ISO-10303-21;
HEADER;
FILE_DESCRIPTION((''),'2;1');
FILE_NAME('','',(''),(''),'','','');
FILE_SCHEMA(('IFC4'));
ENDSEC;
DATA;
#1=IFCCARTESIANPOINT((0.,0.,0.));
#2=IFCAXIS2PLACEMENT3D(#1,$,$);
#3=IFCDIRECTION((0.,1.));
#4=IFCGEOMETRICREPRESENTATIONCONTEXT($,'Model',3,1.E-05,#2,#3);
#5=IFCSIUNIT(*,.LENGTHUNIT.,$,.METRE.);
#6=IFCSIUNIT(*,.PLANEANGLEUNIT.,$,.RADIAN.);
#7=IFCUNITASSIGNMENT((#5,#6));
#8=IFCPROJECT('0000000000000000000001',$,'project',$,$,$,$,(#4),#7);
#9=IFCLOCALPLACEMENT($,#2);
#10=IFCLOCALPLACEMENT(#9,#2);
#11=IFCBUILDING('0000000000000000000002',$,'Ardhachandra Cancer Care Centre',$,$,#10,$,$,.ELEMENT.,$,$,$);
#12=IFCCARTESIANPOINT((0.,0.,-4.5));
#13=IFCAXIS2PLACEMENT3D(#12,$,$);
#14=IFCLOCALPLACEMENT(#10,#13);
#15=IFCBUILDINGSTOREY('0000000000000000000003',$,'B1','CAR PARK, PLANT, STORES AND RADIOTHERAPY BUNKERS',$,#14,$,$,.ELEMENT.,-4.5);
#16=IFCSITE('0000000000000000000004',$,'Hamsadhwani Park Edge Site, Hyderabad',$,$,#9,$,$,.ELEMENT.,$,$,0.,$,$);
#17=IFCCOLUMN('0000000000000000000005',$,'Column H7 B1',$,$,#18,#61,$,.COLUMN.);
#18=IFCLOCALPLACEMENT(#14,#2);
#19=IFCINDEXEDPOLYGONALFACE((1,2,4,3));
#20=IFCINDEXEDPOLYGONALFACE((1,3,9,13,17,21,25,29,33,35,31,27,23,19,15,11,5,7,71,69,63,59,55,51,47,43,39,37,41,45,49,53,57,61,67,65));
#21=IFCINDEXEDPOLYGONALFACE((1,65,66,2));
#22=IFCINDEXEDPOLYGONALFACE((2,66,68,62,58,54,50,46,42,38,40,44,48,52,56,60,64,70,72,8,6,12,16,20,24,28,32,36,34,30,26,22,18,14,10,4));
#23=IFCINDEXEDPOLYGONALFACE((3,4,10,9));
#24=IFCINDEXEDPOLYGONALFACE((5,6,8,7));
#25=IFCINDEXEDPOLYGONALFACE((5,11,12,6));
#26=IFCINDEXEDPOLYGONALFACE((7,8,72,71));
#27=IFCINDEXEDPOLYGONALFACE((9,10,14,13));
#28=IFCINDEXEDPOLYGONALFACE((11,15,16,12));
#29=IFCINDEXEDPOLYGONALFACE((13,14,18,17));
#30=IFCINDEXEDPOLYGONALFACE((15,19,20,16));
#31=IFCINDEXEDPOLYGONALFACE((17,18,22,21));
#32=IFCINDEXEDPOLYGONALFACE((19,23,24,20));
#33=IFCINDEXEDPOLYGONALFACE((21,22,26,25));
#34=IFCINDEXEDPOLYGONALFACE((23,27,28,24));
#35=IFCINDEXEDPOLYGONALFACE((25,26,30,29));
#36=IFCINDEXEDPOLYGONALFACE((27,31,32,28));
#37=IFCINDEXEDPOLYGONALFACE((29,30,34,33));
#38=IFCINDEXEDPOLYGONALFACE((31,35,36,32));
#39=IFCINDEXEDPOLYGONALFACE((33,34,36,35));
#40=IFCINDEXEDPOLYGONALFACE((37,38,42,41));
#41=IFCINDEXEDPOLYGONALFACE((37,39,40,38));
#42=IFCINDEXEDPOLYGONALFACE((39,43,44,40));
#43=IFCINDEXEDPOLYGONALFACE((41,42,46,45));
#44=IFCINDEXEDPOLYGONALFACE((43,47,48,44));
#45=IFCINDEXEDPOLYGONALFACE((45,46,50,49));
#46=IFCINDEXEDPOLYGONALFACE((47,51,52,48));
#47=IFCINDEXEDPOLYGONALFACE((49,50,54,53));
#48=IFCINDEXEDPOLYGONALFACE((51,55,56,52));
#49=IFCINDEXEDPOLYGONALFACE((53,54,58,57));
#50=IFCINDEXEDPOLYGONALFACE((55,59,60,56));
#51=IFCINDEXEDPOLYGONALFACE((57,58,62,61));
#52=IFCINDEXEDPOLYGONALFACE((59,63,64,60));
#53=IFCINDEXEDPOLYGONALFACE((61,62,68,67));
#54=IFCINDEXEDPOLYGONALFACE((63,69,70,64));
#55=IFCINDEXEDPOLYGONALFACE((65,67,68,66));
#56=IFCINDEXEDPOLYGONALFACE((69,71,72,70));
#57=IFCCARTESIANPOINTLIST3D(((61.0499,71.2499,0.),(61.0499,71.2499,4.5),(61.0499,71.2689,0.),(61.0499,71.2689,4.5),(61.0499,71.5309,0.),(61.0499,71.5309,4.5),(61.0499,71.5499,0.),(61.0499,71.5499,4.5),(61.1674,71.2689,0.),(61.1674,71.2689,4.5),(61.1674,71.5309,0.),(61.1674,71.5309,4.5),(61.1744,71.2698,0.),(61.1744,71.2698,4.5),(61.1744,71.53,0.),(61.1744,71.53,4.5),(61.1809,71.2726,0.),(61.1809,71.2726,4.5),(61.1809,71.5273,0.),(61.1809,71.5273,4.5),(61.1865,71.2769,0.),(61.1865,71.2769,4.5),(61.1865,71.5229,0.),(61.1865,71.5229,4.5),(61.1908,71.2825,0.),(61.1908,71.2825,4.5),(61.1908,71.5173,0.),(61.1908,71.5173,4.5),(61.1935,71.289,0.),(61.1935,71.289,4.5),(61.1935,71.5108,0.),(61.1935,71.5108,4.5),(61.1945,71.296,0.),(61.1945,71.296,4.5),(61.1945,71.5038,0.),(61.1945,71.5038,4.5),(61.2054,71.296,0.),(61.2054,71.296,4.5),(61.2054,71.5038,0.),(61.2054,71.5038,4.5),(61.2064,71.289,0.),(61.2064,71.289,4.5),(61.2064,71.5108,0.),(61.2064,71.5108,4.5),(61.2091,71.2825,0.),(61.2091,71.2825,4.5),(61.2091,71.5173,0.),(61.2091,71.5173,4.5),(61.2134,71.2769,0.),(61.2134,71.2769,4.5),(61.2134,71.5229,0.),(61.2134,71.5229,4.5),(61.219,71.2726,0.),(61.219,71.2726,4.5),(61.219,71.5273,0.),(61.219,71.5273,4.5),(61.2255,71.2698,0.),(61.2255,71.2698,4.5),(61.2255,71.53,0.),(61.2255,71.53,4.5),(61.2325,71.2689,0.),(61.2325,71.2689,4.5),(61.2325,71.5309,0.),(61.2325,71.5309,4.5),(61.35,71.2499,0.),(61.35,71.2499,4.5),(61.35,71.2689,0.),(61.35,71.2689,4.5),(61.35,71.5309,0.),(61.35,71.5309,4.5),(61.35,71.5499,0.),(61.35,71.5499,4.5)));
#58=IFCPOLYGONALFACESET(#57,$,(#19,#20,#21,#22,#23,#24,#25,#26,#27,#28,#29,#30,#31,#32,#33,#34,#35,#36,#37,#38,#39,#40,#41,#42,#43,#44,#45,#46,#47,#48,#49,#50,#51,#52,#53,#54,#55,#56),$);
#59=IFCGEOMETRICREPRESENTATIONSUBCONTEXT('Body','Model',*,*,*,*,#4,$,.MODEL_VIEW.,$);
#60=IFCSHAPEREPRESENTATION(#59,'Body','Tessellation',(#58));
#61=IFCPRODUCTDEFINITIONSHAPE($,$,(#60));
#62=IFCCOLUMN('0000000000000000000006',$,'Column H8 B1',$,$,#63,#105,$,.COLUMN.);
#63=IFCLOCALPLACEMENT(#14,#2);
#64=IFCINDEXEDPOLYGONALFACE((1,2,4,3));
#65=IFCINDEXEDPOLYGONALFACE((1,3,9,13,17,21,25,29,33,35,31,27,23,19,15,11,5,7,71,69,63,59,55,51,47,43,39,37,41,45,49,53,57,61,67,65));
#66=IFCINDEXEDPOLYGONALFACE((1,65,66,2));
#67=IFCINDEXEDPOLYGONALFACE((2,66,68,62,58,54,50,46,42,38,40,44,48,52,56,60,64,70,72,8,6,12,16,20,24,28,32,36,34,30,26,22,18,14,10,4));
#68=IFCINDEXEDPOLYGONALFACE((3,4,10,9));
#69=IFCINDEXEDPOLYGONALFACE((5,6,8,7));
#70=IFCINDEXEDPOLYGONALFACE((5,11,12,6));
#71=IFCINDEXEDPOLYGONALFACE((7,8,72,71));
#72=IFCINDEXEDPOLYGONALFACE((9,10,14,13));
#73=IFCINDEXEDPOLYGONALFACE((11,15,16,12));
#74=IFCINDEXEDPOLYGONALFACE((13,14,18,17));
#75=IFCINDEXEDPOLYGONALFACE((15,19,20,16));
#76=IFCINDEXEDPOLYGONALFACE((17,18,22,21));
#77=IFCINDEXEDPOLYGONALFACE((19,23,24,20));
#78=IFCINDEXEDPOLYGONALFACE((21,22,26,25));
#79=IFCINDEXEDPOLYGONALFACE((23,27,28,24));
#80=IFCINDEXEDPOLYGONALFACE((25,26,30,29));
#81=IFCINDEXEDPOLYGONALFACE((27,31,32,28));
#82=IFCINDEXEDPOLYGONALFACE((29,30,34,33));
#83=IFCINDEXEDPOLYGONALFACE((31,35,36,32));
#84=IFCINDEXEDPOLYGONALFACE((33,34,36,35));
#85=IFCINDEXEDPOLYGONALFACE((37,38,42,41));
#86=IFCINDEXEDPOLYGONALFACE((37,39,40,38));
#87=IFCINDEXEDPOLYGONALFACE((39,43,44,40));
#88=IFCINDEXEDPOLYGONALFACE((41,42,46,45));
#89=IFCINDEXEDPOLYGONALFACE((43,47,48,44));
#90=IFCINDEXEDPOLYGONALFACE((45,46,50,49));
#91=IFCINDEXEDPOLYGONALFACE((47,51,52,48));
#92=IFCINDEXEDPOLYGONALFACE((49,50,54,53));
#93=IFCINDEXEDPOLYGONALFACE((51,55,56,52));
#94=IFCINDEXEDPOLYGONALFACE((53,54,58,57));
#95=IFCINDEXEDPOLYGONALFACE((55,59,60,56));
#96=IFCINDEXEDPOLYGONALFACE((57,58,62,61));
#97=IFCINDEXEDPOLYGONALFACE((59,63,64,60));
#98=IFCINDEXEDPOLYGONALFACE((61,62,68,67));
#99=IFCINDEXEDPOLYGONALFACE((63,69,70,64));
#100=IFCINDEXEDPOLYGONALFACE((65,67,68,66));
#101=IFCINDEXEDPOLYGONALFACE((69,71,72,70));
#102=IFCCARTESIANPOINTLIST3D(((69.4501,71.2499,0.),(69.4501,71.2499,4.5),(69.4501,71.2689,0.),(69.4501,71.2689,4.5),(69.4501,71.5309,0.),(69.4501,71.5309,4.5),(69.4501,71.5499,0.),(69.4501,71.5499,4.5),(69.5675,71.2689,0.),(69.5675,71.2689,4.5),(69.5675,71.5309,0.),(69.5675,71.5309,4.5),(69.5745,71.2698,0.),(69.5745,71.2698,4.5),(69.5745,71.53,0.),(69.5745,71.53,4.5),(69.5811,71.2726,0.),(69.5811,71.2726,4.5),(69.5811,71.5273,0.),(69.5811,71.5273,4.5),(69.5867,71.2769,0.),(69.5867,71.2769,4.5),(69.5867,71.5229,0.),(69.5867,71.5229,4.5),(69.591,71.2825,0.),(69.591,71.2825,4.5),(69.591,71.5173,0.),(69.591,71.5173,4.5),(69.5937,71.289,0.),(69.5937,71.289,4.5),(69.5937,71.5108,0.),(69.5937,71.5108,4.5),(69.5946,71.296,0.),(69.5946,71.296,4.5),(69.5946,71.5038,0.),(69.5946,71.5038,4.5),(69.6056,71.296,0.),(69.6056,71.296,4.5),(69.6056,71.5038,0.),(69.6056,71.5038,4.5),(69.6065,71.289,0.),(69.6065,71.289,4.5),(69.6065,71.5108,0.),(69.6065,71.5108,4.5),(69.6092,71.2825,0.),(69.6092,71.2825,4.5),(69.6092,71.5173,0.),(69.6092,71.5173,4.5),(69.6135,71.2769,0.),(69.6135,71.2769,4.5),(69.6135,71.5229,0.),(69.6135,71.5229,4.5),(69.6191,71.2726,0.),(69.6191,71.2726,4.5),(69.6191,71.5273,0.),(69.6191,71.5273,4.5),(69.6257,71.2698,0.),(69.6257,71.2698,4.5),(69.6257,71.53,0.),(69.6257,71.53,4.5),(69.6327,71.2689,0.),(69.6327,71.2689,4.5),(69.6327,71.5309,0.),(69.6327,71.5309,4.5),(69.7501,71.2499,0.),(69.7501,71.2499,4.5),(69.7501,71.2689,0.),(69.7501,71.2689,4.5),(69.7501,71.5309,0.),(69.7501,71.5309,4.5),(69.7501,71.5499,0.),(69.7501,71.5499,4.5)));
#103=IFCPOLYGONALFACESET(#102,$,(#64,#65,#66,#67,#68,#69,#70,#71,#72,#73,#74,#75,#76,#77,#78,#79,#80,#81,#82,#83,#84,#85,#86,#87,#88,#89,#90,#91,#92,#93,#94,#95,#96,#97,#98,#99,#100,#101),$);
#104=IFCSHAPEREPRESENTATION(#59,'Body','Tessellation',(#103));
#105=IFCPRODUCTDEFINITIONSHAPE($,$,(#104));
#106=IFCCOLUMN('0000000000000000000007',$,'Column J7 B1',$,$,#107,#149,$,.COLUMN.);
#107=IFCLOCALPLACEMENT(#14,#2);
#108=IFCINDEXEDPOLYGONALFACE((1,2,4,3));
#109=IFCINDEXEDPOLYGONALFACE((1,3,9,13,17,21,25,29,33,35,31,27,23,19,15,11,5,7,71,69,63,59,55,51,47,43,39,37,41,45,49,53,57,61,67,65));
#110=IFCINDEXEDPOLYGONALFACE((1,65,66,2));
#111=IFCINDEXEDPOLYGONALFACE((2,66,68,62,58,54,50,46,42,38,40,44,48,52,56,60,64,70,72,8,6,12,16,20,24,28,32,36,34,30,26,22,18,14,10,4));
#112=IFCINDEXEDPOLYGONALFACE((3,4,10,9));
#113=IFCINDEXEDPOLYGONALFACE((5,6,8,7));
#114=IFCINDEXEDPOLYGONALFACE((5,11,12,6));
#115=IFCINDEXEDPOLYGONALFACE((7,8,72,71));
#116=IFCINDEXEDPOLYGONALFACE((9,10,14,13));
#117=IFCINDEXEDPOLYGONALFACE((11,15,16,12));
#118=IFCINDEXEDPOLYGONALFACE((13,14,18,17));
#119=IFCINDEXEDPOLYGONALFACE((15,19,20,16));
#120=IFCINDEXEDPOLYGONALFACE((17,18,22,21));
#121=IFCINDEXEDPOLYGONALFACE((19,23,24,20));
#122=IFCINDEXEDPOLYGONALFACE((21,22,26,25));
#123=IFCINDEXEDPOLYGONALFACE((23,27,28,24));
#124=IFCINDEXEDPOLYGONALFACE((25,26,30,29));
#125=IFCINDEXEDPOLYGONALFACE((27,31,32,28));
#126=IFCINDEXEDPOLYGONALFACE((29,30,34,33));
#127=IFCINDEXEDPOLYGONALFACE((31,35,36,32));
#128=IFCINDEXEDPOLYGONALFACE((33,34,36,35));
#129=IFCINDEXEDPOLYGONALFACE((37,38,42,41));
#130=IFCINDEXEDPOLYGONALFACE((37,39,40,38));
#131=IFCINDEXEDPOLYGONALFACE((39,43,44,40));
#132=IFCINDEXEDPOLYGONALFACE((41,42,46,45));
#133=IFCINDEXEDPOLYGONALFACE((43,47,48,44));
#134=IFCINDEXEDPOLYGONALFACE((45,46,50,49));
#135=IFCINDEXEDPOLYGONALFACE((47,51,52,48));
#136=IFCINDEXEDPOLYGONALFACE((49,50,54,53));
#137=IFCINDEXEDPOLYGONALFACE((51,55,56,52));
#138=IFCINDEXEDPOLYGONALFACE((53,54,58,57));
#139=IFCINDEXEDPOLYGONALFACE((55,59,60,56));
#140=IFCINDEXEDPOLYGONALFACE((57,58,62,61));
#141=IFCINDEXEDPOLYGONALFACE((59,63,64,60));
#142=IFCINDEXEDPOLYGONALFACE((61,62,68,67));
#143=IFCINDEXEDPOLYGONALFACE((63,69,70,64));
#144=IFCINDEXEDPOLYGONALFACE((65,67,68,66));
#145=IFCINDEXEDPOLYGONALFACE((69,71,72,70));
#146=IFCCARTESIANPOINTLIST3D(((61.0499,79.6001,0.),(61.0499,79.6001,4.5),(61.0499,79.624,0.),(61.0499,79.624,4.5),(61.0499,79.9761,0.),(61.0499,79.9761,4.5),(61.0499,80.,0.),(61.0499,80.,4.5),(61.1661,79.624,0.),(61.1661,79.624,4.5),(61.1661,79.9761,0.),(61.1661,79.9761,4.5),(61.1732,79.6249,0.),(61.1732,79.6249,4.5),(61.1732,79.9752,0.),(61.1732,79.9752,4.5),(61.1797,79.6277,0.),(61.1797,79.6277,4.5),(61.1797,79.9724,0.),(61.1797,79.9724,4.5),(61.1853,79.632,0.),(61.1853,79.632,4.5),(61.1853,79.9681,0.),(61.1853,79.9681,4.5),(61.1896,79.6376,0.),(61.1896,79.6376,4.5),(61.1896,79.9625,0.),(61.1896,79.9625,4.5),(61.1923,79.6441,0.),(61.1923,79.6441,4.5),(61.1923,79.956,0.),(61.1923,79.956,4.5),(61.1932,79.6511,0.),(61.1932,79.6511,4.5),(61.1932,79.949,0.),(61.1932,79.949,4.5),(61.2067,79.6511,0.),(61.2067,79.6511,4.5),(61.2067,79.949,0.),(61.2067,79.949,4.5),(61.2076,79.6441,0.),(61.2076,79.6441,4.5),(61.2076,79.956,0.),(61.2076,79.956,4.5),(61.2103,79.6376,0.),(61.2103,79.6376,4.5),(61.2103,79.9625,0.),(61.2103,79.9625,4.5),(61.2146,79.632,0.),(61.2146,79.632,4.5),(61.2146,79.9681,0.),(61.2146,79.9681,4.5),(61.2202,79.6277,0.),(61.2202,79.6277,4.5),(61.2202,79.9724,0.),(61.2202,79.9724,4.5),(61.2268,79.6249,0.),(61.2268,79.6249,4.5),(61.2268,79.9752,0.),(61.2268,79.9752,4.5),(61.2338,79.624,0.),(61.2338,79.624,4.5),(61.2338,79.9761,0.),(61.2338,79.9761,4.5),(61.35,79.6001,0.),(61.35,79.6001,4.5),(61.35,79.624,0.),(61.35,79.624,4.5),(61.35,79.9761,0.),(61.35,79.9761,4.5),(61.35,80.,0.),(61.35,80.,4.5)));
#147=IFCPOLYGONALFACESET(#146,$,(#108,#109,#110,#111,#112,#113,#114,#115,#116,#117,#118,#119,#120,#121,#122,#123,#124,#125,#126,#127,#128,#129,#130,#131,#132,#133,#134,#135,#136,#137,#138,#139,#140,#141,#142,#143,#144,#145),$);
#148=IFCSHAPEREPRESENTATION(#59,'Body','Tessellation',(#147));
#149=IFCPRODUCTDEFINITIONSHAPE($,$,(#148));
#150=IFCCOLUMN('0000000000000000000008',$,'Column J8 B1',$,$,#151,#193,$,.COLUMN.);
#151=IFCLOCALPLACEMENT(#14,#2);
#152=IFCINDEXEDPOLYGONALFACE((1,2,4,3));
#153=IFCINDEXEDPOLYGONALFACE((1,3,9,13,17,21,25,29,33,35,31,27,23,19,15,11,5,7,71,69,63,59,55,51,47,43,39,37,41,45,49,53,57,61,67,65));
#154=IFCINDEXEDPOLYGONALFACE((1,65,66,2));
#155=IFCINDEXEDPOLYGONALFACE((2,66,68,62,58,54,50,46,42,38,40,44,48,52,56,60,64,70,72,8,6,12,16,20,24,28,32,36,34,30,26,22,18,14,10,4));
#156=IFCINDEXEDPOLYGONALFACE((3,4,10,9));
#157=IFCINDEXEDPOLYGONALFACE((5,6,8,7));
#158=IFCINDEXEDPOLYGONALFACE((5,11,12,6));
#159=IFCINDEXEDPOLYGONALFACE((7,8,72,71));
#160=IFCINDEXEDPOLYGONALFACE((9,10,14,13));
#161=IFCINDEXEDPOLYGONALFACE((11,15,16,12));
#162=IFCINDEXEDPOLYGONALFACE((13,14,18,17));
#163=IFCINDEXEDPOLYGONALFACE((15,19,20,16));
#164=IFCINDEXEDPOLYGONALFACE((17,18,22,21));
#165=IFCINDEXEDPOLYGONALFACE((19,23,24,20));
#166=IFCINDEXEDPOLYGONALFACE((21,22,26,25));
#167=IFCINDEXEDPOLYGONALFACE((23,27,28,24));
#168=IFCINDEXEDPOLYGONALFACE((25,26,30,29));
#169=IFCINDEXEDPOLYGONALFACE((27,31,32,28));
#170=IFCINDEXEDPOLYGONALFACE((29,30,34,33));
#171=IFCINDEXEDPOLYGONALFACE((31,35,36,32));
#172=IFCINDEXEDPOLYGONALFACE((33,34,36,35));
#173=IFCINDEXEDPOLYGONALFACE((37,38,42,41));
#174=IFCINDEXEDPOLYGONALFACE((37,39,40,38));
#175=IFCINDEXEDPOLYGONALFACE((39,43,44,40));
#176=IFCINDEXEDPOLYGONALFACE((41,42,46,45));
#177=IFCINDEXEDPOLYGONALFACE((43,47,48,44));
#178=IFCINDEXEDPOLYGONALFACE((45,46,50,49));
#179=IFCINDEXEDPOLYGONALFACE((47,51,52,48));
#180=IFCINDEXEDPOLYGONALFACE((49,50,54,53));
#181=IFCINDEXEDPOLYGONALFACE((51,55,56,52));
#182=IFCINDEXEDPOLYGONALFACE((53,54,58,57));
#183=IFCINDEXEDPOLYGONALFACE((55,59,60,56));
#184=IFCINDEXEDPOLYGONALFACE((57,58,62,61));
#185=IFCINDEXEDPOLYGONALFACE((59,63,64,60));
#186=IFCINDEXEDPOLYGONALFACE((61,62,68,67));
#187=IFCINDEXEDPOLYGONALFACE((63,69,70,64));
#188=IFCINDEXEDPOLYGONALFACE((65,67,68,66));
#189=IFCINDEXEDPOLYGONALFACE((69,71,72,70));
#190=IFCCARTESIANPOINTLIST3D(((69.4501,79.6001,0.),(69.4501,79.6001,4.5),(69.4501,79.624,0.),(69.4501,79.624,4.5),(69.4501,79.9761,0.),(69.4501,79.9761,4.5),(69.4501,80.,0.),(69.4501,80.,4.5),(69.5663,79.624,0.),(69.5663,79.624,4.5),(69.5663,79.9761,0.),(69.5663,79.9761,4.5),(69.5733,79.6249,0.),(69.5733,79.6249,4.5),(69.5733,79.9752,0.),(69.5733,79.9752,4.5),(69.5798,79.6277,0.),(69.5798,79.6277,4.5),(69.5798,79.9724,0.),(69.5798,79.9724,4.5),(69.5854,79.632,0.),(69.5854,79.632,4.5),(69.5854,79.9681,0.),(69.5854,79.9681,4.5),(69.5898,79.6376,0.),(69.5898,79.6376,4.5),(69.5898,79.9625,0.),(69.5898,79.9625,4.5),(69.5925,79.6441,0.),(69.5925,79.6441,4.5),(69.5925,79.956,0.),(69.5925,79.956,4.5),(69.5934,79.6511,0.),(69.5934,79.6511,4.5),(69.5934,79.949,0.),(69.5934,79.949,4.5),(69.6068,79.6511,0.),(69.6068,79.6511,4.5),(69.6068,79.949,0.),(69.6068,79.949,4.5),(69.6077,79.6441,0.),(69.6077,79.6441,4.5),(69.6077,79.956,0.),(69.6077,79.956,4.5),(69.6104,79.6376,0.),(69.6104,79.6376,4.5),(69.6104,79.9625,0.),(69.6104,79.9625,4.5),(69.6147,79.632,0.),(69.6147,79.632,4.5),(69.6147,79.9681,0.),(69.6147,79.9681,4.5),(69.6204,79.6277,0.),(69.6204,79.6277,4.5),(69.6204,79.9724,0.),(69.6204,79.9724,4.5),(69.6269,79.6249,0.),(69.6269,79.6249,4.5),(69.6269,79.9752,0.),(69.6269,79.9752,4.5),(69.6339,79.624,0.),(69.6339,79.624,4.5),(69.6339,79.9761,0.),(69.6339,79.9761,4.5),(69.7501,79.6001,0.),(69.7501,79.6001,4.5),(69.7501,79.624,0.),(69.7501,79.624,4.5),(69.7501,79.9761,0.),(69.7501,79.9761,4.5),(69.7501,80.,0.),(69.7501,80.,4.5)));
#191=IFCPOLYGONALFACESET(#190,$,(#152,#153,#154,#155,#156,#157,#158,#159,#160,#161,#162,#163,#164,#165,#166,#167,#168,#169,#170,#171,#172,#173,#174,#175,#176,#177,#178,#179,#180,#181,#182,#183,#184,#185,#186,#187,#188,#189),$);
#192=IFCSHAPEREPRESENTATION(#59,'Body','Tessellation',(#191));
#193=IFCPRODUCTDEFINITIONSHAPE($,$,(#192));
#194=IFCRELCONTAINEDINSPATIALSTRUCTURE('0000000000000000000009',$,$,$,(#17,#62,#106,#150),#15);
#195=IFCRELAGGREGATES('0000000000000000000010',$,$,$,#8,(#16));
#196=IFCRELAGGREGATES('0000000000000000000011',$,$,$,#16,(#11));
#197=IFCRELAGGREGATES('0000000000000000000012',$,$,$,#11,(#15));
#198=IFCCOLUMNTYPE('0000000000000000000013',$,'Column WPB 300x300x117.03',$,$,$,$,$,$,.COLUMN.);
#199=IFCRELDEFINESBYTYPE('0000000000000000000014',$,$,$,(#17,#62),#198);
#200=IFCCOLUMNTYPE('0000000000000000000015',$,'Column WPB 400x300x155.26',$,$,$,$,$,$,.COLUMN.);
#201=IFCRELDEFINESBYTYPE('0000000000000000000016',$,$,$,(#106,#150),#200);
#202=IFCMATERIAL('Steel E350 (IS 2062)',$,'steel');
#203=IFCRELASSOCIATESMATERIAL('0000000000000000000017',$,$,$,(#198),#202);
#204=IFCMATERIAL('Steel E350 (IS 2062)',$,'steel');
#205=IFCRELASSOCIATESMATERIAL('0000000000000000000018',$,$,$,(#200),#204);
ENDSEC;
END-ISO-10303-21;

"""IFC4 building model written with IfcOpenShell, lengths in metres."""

from ifc_helpers import new_model, si_unit, direction, frame, origin, origin_2d, place, context, subcontext, project, spatial, i_section, extrude, material, material_profile, profile_set, type_object, element, save


model = new_model("IFC4")

# Units and contexts
model_context = context("Model", 3, precision=1e-05, world=origin(), true_north=direction((0.0, 1.0)))
body_context = subcontext(model_context, "Body", "Model", "MODEL_VIEW")
ifc_project = project(units=[si_unit("LENGTHUNIT", "METRE"), si_unit("PLANEANGLEUNIT", "RADIAN")], contexts=[model_context])

# Site, building, storey
site_placement = place(None, origin())
site = spatial("IfcSite", under=ifc_project, at=site_placement, Name="Hamsadhwani Park Edge Site, Hyderabad", CompositionType="ELEMENT", RefElevation=0.0)
building_placement = place(site_placement, origin())
building = spatial("IfcBuilding", under=site, at=building_placement, Name="Ardhachandra Cancer Care Centre", CompositionType="ELEMENT")
storey_placement = place(building_placement, frame((0.0, 0.0, -4.5)))
storey = spatial("IfcBuildingStorey", under=building, at=storey_placement, Name="B1", Description="CAR PARK, PLANT, STORES AND RADIOTHERAPY BUNKERS", CompositionType="ELEMENT", Elevation=-4.5)

# Columns
ifc_material_1 = material(Name="Steel E350 (IS 2062)", Category="steel")
ifc_material_profile_1 = material_profile(ifc_material_1, i_section(OverallWidth=0.3, OverallDepth=0.3, WebThickness=0.011, FlangeThickness=0.019, FilletRadius=0.0271, at=origin_2d()), Name="WPB 300x300x117.03")
ifc_profile_set_1 = profile_set([ifc_material_profile_1], Name="Steel E350 (IS 2062)")
column_type_1 = type_object("IfcColumnType", Name="Column WPB 300x300x117.03", PredefinedType="COLUMN", material=ifc_profile_set_1)
for number, where, z_axis, x_axis, name in (
    (1, (61.2, 71.3999, 0.0), (0.0, 0.0, 1.0), (1.0, 0.0, 0.0), "Column H7 B1"),
    (2, (69.6001, 71.3999, 0.0), (0.0, 0.0, 1.0), (1.0, 0.0, 0.0), "Column H8 B1"),
):
    element("IfcColumn", number, at=place(storey_placement, frame(where, z_axis=z_axis, x_axis=x_axis)), inside=storey, type_object=column_type_1, Name=name, PredefinedType="COLUMN", context=body_context, shape_type="SweptSolid", body=[
        extrude(i_section(OverallWidth=0.3, OverallDepth=0.3, WebThickness=0.011, FlangeThickness=0.019, FilletRadius=0.0271, at=origin_2d()), origin(), (0.0, 0.0, 1.0), 4.5),
    ])
ifc_material_2 = material(Name="Steel E350 (IS 2062)", Category="steel")
ifc_material_profile_2 = material_profile(ifc_material_2, i_section(OverallWidth=0.3, OverallDepth=0.3999, WebThickness=0.0134, FlangeThickness=0.0239, FilletRadius=0.0271, at=origin_2d()), Name="WPB 400x300x155.26")
ifc_profile_set_2 = profile_set([ifc_material_profile_2], Name="Steel E350 (IS 2062)")
column_type_2 = type_object("IfcColumnType", Name="Column WPB 400x300x155.26", PredefinedType="COLUMN", material=ifc_profile_set_2)
for number, where, z_axis, x_axis, name in (
    (3, (61.2, 79.8, 0.0), (0.0, 0.0, 1.0), (1.0, 0.0, 0.0), "Column J7 B1"),
    (4, (69.6001, 79.8, 0.0), (0.0, 0.0, 1.0), (1.0, 0.0, 0.0), "Column J8 B1"),
):
    element("IfcColumn", number, at=place(storey_placement, frame(where, z_axis=z_axis, x_axis=x_axis)), inside=storey, type_object=column_type_2, Name=name, PredefinedType="COLUMN", context=body_context, shape_type="SweptSolid", body=[
        extrude(i_section(OverallWidth=0.3, OverallDepth=0.3999, WebThickness=0.0134, FlangeThickness=0.0239, FilletRadius=0.0271, at=origin_2d()), origin(), (0.0, 0.0, 1.0), 4.5),
    ])

save(model, "model.ifc")
